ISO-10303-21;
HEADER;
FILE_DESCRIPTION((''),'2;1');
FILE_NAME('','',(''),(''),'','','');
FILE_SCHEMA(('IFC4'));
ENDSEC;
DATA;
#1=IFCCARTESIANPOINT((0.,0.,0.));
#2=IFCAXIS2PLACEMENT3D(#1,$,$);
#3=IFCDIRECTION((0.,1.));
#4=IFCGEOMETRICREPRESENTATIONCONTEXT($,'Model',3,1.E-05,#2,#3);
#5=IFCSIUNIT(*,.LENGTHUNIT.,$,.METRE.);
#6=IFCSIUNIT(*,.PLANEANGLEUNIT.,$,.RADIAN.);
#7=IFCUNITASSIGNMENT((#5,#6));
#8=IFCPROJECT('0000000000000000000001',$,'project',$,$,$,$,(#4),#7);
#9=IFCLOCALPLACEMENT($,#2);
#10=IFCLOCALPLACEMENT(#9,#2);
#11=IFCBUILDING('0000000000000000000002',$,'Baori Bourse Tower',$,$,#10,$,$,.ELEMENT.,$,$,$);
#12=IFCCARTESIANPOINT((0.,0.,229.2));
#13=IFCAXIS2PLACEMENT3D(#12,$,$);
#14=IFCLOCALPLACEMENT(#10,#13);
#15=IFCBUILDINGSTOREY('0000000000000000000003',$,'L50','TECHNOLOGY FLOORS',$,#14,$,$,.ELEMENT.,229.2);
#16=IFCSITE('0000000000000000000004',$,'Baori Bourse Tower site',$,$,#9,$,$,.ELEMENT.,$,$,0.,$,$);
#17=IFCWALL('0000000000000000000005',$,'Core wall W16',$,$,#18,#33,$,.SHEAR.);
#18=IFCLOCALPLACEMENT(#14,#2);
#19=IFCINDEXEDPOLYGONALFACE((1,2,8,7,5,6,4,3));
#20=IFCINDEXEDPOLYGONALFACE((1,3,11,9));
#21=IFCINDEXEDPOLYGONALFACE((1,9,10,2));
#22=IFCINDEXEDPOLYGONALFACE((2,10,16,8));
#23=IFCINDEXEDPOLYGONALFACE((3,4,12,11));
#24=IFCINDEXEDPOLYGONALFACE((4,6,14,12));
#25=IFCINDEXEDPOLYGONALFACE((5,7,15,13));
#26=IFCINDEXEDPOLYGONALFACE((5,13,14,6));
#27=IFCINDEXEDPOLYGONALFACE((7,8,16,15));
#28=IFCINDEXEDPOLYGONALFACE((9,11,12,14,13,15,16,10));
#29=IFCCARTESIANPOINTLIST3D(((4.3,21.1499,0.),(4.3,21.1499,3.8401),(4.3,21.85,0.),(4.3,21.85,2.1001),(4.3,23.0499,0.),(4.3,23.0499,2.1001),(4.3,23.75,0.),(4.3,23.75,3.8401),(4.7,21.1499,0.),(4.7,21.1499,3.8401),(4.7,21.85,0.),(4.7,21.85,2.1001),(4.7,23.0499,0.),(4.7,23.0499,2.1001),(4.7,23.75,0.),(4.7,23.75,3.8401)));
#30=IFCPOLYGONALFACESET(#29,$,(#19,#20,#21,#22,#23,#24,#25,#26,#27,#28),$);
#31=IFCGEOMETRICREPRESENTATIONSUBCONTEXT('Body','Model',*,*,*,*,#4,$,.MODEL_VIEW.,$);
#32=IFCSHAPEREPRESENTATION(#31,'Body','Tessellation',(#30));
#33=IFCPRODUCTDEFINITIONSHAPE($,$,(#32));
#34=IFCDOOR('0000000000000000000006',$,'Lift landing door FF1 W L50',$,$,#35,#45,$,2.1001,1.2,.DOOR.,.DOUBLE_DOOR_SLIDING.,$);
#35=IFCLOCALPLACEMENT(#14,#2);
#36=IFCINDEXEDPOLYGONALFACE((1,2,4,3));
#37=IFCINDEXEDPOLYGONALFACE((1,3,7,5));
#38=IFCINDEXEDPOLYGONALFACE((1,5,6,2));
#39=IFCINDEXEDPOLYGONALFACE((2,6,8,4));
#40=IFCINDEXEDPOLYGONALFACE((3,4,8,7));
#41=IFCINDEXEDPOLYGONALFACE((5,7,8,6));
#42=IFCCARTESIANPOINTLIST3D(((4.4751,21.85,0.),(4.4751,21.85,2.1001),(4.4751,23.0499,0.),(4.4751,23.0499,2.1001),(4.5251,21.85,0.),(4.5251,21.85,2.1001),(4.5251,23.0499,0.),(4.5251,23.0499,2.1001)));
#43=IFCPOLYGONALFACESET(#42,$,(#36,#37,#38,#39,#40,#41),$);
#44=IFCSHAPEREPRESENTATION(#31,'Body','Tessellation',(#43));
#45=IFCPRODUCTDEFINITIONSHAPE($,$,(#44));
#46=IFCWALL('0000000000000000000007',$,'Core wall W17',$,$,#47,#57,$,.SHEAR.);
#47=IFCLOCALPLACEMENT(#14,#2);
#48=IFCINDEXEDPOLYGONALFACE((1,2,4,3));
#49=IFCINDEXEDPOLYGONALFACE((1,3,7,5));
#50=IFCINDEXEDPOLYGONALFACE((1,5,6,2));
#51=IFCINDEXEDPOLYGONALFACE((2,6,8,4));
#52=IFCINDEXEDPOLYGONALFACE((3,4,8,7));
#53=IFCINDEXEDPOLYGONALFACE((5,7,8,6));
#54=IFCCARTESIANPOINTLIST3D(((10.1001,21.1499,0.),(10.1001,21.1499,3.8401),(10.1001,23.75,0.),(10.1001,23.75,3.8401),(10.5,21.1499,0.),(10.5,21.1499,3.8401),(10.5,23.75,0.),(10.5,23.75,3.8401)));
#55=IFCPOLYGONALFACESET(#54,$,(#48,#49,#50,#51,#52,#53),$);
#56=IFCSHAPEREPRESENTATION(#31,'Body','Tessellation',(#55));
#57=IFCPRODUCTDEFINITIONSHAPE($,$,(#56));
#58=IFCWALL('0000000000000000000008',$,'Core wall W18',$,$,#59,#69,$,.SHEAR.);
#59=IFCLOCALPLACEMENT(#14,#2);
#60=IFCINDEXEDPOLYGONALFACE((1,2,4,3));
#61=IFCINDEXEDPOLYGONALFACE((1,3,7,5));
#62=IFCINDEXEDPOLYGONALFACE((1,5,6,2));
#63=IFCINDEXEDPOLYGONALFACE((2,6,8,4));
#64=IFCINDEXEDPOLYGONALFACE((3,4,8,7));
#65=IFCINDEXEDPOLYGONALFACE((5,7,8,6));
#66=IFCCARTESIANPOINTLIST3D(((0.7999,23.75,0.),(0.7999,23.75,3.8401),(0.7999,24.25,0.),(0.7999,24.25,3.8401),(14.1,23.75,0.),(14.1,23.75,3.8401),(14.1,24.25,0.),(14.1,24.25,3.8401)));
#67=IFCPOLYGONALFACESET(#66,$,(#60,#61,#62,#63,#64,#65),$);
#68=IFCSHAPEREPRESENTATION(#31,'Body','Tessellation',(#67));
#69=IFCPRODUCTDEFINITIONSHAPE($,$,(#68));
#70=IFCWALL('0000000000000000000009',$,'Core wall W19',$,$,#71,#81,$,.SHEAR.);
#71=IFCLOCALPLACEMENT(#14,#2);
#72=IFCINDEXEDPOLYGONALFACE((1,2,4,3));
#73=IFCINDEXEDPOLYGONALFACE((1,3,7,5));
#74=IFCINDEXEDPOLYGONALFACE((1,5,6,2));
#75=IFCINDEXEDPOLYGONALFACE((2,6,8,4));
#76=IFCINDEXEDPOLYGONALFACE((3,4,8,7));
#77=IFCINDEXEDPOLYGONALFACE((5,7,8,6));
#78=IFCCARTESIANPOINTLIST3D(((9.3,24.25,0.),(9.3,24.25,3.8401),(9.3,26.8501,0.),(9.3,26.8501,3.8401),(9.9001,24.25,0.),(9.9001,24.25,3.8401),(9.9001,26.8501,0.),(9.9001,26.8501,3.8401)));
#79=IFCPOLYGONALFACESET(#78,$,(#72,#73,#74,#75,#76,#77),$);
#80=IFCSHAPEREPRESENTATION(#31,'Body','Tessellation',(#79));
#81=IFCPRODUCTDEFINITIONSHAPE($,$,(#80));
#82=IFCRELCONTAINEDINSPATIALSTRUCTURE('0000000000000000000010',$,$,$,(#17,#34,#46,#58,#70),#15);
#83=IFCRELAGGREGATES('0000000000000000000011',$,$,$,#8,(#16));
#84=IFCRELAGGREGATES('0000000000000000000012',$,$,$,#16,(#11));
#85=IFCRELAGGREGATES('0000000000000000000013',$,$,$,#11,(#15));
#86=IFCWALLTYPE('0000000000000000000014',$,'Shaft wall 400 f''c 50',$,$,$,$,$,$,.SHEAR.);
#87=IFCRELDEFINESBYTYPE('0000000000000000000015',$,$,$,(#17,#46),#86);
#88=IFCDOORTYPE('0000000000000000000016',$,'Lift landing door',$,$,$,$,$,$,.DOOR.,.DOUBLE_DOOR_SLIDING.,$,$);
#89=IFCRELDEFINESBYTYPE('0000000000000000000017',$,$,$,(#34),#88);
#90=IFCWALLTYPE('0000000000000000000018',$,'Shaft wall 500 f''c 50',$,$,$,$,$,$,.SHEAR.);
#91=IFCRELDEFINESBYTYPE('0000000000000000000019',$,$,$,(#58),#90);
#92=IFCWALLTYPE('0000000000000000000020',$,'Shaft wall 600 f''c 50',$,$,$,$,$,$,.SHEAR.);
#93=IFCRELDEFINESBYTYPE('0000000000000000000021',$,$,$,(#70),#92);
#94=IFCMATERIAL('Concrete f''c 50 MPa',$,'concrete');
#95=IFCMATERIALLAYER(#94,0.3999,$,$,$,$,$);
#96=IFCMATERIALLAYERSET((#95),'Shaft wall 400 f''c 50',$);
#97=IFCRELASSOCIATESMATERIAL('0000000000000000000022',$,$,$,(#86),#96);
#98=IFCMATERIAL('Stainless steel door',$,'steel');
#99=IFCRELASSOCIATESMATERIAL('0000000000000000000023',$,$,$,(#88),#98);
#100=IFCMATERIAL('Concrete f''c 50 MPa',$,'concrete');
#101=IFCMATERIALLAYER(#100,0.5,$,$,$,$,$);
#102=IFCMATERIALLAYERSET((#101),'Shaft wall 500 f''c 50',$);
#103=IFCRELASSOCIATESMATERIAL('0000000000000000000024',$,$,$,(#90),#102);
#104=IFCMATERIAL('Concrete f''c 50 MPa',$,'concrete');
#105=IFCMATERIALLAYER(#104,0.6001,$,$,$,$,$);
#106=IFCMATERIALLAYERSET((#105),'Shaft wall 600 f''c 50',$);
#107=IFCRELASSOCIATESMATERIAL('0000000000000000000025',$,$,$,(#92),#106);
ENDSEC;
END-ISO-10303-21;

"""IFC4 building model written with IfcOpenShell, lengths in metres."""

from ifc_helpers import new_model, si_unit, direction, frame, frame_2d, origin, place, context, subcontext, project, spatial, rectangle, extrude, material, layer, layer_set, type_object, element, fill, save


model = new_model("IFC4")

# Units and contexts
model_context = context("Model", 3, precision=1e-05, world=origin(), true_north=direction((0.0, 1.0)))
body_context = subcontext(model_context, "Body", "Model", "MODEL_VIEW")
ifc_project = project(units=[si_unit("LENGTHUNIT", "METRE"), si_unit("PLANEANGLEUNIT", "RADIAN")], contexts=[model_context])

# Site, building, storey
site_placement = place(None, origin())
site = spatial("IfcSite", under=ifc_project, at=site_placement, Name="Baori Bourse Tower site", CompositionType="ELEMENT", RefElevation=0.0)
building_placement = place(site_placement, origin())
building = spatial("IfcBuilding", under=site, at=building_placement, Name="Baori Bourse Tower", CompositionType="ELEMENT")
storey_placement = place(building_placement, frame((0.0, 0.0, 229.2)))
storey = spatial("IfcBuildingStorey", under=building, at=storey_placement, Name="L50", Description="TECHNOLOGY FLOORS", CompositionType="ELEMENT", Elevation=229.2)

# Shared definitions
ifc_material_1 = material(Name="Concrete f'c 50 MPa", Category="concrete")
ifc_layer_1 = layer(ifc_material_1, 0.3999)
ifc_layer_set_1 = layer_set([ifc_layer_1], Name="Shaft wall 400 f'c 50")
wall_type_1 = type_object("IfcWallType", Name="Shaft wall 400 f'c 50", PredefinedType="SHEAR", material=ifc_layer_set_1)

# Wall, opening, door
wall_1_placement = place(storey_placement, frame((4.5, 21.1499, 0.0), z_axis=(0.0, 0.0, 1.0), x_axis=(0.0, 1.0, 0.0)))
wall_1 = element("IfcWall", 1, at=wall_1_placement, inside=storey, type_object=wall_type_1, Name="Core wall W16", PredefinedType="SHEAR", context=body_context, shape_type="SweptSolid", body=[
    extrude(rectangle(XDim=2.6001, YDim=0.3999, at=frame_2d((1.3, 0.0))), origin(), (0.0, 0.0, 1.0), 3.8401),
])
opening_1_placement = place(wall_1_placement, frame((0.7, 0.0, 0.0)))
opening_1 = element("IfcOpeningElement", 2, at=opening_1_placement, cuts=wall_1, PredefinedType="OPENING", context=body_context, shape_type="SweptSolid", body=[
    extrude(rectangle(XDim=1.2, YDim=2.1001, at=frame_2d((0.6001, 1.05))), frame((0.0, 0.21, 0.0), z_axis=(0.0, -1.0, 0.0), x_axis=(1.0, 0.0, 0.0)), (0.0, 0.0, 1.0), 0.4199),
])
ifc_material_2 = material(Name="Stainless steel door", Category="steel")
door_type_1 = type_object("IfcDoorType", Name="Lift landing door", OperationType="DOUBLE_DOOR_SLIDING", PredefinedType="DOOR", material=ifc_material_2)
door_1_placement = place(opening_1_placement, origin())
door_1 = element("IfcDoor", 3, at=door_1_placement, inside=storey, type_object=door_type_1, Name="Lift landing door FF1 W L50", OperationType="DOUBLE_DOOR_SLIDING", OverallHeight=2.1001, OverallWidth=1.2, PredefinedType="DOOR", context=body_context, shape_type="SweptSolid", body=[
    extrude(rectangle(XDim=1.2, YDim=2.1001, at=frame_2d((0.6001, 1.05))), frame((0.0, 0.0249, 0.0), z_axis=(0.0, -1.0, 0.0), x_axis=(1.0, 0.0, 0.0)), (0.0, 0.0, 1.0), 0.05),
])
fill(opening_1, door_1)

# Walls
wall_2_placement = place(storey_placement, frame((10.3, 21.1499, 0.0), z_axis=(0.0, 0.0, 1.0), x_axis=(0.0, 1.0, 0.0)))
element("IfcWall", 4, at=wall_2_placement, inside=storey, type_object=wall_type_1, Name="Core wall W17", PredefinedType="SHEAR", context=body_context, shape_type="SweptSolid", body=[
    extrude(rectangle(XDim=2.6001, YDim=0.3999, at=frame_2d((1.3, 0.0))), origin(), (0.0, 0.0, 1.0), 3.8401),
])
ifc_material_3 = material(Name="Concrete f'c 50 MPa", Category="concrete")
ifc_layer_2 = layer(ifc_material_3, 0.5)
ifc_layer_set_2 = layer_set([ifc_layer_2], Name="Shaft wall 500 f'c 50")
wall_type_2 = type_object("IfcWallType", Name="Shaft wall 500 f'c 50", PredefinedType="SHEAR", material=ifc_layer_set_2)
wall_3_placement = place(storey_placement, frame((0.8, 24.0, 0.0), z_axis=(0.0, 0.0, 1.0), x_axis=(1.0, 0.0, 0.0)))
element("IfcWall", 5, at=wall_3_placement, inside=storey, type_object=wall_type_2, Name="Core wall W18", PredefinedType="SHEAR", context=body_context, shape_type="SweptSolid", body=[
    extrude(rectangle(XDim=13.3, YDim=0.5, at=frame_2d((6.6499, 0.0))), origin(), (0.0, 0.0, 1.0), 3.8401),
])
ifc_material_4 = material(Name="Concrete f'c 50 MPa", Category="concrete")
ifc_layer_3 = layer(ifc_material_4, 0.6001)
ifc_layer_set_3 = layer_set([ifc_layer_3], Name="Shaft wall 600 f'c 50")
wall_type_3 = type_object("IfcWallType", Name="Shaft wall 600 f'c 50", PredefinedType="SHEAR", material=ifc_layer_set_3)
wall_4_placement = place(storey_placement, frame((9.6001, 24.25, 0.0), z_axis=(0.0, 0.0, 1.0), x_axis=(0.0, 1.0, 0.0)))
element("IfcWall", 6, at=wall_4_placement, inside=storey, type_object=wall_type_3, Name="Core wall W19", PredefinedType="SHEAR", context=body_context, shape_type="SweptSolid", body=[
    extrude(rectangle(XDim=2.6001, YDim=0.6001, at=frame_2d((1.3, 0.0))), origin(), (0.0, 0.0, 1.0), 3.8401),
])

save(model, "model.ifc")
